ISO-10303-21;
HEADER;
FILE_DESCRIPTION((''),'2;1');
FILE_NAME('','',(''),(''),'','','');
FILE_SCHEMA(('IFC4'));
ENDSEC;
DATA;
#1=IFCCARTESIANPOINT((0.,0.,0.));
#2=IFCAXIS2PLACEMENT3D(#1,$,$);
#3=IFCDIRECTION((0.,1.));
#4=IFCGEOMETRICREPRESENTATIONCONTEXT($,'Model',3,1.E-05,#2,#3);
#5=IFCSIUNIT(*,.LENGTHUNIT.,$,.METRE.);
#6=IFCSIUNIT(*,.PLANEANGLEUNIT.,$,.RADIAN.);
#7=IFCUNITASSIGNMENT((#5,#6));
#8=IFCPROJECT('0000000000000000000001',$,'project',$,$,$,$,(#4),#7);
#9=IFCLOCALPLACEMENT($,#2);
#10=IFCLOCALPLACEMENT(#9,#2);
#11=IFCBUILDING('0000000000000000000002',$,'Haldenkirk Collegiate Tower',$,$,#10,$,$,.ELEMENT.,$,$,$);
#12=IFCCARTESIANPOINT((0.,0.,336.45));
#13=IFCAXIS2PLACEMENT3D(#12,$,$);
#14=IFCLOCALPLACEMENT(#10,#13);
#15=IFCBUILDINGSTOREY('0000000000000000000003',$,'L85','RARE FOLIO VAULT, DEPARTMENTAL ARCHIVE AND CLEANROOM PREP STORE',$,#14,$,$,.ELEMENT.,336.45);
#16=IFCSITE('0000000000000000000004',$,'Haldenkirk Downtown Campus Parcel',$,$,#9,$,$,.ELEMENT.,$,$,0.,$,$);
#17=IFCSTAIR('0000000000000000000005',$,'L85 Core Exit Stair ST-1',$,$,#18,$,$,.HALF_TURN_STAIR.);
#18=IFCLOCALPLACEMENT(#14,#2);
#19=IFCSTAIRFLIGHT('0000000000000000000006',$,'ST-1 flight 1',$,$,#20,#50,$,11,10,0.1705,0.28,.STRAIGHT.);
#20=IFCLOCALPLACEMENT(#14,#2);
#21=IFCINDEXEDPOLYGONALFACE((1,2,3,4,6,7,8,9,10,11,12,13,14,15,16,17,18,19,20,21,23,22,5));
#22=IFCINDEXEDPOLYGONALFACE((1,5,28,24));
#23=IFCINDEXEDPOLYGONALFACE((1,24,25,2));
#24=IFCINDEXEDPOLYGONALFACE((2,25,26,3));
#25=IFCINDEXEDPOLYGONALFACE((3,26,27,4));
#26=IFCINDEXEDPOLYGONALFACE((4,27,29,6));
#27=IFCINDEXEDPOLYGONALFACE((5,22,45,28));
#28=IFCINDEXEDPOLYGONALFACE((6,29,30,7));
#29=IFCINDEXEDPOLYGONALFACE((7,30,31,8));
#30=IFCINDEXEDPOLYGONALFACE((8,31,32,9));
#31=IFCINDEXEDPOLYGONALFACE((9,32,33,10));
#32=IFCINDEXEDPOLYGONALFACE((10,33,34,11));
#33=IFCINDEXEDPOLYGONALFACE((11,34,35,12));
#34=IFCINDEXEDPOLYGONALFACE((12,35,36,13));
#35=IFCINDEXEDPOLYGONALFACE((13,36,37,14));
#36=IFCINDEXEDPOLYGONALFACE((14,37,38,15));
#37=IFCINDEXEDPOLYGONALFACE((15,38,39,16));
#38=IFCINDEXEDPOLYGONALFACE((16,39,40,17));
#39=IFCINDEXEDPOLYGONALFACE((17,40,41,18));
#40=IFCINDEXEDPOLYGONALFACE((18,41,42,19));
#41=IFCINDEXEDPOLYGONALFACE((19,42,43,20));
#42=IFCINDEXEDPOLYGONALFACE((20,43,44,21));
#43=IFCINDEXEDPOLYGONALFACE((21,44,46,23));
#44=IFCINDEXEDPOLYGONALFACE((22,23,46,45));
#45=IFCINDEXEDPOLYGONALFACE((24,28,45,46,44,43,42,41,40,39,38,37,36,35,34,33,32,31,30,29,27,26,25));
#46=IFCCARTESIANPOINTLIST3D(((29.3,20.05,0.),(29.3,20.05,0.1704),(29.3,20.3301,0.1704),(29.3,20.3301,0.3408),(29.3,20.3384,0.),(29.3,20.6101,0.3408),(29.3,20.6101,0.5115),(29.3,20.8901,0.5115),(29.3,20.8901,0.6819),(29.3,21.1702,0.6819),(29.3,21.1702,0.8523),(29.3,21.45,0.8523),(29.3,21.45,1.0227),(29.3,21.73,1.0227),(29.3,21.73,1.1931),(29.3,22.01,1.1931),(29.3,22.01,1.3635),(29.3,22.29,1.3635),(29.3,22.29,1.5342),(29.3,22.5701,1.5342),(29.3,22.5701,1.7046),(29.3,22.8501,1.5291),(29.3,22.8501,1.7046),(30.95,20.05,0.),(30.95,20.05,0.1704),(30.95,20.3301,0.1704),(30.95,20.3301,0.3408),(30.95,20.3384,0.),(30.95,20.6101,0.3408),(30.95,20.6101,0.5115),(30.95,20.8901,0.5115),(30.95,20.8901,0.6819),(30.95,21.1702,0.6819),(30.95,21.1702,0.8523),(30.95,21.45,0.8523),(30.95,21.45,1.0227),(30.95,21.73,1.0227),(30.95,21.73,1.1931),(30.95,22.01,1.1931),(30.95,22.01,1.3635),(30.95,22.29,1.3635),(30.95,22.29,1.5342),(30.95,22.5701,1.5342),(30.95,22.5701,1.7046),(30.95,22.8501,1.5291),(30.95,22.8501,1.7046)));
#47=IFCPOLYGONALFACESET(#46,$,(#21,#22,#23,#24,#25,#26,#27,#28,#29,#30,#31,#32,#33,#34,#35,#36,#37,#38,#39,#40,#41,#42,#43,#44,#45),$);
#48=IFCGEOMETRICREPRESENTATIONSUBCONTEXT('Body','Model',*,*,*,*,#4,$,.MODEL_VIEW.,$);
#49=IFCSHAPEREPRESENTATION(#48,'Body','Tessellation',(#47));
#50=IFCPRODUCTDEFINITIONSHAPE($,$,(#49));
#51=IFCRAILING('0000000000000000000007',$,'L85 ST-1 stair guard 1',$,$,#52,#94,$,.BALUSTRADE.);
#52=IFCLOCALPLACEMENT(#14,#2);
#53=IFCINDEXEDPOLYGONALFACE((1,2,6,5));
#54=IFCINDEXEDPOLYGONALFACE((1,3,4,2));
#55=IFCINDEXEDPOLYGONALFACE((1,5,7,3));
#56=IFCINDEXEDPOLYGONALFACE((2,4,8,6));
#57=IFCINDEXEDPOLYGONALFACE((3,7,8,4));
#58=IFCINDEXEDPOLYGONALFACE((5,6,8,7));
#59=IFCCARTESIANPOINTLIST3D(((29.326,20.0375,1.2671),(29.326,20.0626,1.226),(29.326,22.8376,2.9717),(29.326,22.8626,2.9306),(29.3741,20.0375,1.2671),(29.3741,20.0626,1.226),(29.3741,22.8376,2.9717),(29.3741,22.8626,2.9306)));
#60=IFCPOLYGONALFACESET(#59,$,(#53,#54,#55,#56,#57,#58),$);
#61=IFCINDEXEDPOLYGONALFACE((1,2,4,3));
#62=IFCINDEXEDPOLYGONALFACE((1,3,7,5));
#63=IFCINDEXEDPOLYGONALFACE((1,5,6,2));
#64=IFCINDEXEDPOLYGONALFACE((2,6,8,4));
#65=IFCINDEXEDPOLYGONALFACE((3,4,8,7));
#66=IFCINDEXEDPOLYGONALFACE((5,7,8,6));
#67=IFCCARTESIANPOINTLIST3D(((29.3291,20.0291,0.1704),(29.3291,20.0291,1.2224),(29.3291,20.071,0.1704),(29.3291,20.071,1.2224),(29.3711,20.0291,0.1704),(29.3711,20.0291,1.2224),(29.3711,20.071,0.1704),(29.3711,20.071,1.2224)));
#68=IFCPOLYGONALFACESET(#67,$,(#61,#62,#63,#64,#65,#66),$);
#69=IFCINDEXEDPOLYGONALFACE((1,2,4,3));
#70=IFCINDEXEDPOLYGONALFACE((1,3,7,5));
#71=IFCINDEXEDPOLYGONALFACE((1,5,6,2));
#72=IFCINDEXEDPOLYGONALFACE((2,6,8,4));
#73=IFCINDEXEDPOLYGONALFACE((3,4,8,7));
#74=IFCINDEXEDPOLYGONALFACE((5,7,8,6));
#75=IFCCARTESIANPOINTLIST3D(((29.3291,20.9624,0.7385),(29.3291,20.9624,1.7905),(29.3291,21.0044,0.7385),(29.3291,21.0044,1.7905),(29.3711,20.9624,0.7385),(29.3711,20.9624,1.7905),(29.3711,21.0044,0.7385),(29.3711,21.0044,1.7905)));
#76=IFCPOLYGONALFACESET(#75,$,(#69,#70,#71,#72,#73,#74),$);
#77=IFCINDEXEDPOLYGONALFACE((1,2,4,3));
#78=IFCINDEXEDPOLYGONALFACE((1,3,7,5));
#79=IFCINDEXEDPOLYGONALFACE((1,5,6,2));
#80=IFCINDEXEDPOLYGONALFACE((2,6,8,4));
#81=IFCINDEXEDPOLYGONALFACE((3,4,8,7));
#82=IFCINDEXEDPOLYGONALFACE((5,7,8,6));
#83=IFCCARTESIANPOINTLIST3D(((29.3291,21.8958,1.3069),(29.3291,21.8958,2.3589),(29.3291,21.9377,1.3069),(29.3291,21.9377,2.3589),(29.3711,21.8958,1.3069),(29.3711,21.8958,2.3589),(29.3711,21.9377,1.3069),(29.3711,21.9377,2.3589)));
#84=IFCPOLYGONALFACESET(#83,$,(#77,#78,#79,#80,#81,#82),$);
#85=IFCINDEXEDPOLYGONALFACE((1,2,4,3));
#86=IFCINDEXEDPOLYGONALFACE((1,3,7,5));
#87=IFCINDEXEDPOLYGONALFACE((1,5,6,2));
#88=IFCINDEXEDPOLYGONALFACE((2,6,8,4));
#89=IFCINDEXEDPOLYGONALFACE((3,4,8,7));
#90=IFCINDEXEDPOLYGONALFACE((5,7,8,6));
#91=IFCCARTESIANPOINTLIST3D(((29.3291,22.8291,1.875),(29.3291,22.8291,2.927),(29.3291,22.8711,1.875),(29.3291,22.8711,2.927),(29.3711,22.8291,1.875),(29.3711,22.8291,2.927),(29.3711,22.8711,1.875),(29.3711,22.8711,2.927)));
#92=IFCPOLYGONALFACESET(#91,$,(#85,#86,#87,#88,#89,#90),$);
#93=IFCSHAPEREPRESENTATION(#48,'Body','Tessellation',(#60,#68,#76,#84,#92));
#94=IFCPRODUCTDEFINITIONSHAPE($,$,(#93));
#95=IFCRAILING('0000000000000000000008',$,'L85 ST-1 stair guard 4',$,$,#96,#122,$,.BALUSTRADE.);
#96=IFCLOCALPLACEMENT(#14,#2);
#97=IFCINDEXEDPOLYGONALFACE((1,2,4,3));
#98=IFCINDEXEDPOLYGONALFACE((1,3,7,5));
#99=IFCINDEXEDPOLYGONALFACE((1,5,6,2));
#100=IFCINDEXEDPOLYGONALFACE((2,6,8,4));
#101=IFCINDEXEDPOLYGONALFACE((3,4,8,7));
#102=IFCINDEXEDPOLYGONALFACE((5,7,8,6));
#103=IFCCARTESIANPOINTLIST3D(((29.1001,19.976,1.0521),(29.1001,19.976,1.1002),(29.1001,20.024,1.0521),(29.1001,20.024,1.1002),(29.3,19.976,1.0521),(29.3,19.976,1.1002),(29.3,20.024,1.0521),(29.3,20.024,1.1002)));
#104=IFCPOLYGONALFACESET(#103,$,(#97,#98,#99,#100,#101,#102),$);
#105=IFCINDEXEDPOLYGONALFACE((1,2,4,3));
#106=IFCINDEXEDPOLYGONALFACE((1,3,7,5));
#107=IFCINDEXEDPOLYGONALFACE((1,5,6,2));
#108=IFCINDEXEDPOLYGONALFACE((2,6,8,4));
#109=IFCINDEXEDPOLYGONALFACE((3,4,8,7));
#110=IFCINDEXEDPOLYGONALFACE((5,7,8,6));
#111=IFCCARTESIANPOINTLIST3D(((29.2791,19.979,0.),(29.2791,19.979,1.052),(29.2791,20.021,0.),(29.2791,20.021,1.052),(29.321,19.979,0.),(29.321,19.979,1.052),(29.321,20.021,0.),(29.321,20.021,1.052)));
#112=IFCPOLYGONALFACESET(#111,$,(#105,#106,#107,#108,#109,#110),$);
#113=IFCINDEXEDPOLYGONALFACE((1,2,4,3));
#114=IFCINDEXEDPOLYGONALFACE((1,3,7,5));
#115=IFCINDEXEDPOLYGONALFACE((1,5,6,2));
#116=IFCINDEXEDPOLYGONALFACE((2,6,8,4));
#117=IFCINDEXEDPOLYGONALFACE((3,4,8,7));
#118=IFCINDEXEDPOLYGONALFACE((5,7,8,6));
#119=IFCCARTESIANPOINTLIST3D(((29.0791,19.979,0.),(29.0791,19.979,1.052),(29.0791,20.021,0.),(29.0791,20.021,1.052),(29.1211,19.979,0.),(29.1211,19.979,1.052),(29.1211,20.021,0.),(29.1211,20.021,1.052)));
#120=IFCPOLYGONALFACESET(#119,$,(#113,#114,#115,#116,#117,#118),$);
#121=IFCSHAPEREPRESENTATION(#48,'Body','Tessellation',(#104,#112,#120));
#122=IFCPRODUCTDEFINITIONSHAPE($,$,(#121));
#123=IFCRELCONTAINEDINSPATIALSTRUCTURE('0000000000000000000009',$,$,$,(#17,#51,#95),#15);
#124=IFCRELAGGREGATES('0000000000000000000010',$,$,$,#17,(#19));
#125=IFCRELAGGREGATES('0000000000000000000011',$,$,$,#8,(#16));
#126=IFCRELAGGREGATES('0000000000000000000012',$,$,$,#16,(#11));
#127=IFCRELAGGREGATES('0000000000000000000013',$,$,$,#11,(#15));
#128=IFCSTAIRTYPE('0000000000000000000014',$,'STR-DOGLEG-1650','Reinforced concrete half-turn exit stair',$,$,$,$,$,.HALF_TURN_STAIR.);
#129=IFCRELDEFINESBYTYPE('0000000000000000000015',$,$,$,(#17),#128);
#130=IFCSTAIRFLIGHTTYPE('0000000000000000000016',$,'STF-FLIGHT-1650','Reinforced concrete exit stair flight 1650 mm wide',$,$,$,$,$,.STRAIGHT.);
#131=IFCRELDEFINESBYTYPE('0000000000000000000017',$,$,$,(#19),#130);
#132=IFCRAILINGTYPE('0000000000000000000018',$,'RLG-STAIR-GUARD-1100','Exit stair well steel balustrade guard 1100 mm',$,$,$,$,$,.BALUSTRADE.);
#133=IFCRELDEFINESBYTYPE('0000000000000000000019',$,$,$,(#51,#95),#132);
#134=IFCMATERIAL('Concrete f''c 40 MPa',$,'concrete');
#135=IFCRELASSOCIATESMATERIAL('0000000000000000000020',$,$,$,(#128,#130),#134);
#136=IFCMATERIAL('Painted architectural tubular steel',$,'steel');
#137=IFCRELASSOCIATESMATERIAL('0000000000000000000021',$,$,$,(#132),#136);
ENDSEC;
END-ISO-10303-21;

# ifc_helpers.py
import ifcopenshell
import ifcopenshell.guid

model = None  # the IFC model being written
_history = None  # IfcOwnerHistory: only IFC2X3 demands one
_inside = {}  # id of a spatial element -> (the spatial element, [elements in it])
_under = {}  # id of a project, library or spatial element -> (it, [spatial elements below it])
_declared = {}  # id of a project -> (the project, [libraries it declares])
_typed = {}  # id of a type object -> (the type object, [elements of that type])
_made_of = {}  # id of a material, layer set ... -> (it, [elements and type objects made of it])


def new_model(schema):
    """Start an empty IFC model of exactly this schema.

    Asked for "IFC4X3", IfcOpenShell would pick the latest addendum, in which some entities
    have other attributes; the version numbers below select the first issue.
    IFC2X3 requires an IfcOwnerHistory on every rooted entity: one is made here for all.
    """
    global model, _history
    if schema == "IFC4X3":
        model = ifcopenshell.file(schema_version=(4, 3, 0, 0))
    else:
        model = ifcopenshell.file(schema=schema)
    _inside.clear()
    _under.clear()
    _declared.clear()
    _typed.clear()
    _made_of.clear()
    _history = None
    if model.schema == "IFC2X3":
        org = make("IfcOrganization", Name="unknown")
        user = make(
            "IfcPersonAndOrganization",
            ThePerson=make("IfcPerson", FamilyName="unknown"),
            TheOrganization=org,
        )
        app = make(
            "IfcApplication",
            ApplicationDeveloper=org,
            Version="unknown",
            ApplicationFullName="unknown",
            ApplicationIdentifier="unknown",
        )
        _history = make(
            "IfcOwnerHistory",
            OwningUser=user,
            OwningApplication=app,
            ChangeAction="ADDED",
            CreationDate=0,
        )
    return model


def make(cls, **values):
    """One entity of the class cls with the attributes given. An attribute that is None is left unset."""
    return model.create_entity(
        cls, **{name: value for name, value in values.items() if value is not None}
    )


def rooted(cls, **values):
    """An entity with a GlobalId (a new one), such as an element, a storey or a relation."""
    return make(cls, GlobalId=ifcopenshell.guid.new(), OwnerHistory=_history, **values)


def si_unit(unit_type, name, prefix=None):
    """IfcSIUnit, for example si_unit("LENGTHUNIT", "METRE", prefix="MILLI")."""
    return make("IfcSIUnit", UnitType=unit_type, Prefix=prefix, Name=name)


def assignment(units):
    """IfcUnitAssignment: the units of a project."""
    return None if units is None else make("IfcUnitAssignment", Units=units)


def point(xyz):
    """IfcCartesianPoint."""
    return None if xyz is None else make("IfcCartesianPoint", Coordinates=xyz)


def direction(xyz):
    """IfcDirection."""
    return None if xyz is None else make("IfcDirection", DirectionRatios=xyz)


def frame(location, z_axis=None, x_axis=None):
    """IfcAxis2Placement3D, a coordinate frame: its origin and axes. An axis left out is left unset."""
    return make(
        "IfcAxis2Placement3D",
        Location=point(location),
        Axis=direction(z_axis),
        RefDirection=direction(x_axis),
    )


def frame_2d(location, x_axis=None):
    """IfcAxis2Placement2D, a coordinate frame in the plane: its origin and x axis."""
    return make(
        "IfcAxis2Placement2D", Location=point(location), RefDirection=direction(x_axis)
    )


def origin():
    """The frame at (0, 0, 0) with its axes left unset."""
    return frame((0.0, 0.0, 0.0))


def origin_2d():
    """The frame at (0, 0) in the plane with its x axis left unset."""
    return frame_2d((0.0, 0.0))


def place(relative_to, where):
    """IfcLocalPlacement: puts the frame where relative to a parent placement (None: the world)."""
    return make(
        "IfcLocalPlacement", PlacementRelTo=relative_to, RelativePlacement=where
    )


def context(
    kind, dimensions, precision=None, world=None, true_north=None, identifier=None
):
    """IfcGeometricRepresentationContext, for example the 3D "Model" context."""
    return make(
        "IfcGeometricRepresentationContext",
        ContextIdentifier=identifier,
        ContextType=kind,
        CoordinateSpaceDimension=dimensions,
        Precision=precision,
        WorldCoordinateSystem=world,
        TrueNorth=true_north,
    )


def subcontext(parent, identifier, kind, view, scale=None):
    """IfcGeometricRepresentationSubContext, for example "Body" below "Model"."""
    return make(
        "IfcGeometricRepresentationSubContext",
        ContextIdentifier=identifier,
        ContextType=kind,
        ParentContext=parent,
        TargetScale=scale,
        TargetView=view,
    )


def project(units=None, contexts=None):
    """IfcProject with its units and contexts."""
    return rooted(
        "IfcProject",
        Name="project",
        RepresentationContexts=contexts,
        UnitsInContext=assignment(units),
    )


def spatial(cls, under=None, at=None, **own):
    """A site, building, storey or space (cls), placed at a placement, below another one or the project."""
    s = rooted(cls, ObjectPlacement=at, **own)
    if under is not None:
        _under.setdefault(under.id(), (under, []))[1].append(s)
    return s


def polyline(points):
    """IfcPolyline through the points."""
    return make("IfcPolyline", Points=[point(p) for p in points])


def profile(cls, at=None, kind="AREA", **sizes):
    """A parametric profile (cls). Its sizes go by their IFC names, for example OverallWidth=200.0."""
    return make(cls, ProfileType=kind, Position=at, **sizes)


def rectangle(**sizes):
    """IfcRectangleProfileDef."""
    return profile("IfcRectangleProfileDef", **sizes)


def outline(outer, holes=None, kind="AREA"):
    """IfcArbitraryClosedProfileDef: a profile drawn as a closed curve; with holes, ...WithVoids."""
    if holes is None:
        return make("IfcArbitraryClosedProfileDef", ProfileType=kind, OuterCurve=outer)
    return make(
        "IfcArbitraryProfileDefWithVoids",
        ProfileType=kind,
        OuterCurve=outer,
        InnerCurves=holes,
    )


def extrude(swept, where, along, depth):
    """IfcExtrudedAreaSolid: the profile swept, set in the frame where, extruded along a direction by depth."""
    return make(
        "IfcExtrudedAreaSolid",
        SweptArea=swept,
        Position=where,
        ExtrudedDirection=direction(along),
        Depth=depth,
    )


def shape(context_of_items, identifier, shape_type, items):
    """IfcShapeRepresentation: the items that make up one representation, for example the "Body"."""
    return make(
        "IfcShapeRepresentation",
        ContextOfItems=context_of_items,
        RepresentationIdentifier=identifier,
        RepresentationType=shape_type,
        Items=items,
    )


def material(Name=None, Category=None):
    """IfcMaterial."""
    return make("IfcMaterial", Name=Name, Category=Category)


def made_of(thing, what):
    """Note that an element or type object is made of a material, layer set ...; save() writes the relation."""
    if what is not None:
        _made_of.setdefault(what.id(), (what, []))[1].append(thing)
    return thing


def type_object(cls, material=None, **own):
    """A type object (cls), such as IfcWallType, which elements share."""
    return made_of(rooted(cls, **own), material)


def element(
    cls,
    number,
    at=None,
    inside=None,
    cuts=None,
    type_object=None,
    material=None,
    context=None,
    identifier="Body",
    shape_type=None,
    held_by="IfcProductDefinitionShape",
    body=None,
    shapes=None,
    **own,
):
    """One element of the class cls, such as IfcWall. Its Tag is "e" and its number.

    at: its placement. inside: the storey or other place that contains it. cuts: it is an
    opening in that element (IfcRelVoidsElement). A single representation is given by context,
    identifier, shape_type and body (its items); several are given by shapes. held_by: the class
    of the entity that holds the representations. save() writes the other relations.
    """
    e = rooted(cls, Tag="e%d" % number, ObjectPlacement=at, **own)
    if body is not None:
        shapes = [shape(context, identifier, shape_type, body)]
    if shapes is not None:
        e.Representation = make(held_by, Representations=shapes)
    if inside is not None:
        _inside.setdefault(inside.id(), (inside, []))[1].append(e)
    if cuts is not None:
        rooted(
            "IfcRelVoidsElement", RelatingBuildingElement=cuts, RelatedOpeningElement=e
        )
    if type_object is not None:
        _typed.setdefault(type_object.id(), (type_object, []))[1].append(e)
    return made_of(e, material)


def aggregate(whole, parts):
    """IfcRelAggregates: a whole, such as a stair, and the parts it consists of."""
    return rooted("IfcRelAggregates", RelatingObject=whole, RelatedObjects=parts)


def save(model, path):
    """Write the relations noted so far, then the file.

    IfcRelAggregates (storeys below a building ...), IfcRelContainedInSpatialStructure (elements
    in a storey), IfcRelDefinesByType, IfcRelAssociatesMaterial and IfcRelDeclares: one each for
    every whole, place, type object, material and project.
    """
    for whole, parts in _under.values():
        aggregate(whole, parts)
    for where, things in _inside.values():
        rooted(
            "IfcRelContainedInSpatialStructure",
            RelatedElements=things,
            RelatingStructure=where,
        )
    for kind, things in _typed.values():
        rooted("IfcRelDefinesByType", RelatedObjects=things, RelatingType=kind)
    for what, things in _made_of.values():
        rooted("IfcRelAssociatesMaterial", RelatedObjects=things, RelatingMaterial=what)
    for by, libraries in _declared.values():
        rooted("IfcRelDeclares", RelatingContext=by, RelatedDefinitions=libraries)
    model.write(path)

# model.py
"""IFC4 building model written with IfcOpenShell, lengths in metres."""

from ifc_helpers import new_model, si_unit, direction, frame, origin, origin_2d, place, context, subcontext, project, spatial, polyline, rectangle, outline, extrude, material, type_object, element, aggregate, save


model = new_model("IFC4")

# Units and contexts
model_context = context("Model", 3, precision=1e-05, world=origin(), true_north=direction((0.0, 1.0)))
body_context = subcontext(model_context, "Body", "Model", "MODEL_VIEW")
ifc_project = project(units=[si_unit("LENGTHUNIT", "METRE"), si_unit("PLANEANGLEUNIT", "RADIAN")], contexts=[model_context])

# Site, building, storey
site_placement = place(None, origin())
site = spatial("IfcSite", under=ifc_project, at=site_placement, Name="Haldenkirk Downtown Campus Parcel", CompositionType="ELEMENT", RefElevation=0.0)
building_placement = place(site_placement, origin())
building = spatial("IfcBuilding", under=site, at=building_placement, Name="Haldenkirk Collegiate Tower", CompositionType="ELEMENT")
storey_placement = place(building_placement, frame((0.0, 0.0, 336.45)))
storey = spatial("IfcBuildingStorey", under=building, at=storey_placement, Name="L85", Description="RARE FOLIO VAULT, DEPARTMENTAL ARCHIVE AND CLEANROOM PREP STORE", CompositionType="ELEMENT", Elevation=336.45)

# Stair, stair flight
ifc_material_1 = material(Name="Concrete f'c 40 MPa", Category="concrete")
stair_type = type_object("IfcStairType", Name="STR-DOGLEG-1650", Description="Reinforced concrete half-turn exit stair", PredefinedType="HALF_TURN_STAIR", material=ifc_material_1)
stair_placement = place(storey_placement, origin())
stair = element("IfcStair", 1, at=stair_placement, inside=storey, type_object=stair_type, Name="L85 Core Exit Stair ST-1", PredefinedType="HALF_TURN_STAIR")
stair_flight_type = type_object("IfcStairFlightType", Name="STF-FLIGHT-1650", Description="Reinforced concrete exit stair flight 1650 mm wide", PredefinedType="STRAIGHT", material=ifc_material_1)
stair_flight_placement = place(storey_placement, frame((30.125, 20.05, 0.0), z_axis=(0.0, 0.0, 1.0), x_axis=(0.0, 1.0, 0.0)))
stair_flight = element("IfcStairFlight", 2, at=stair_flight_placement, type_object=stair_flight_type, Name="ST-1 flight 1", NumberOfRisers=11, NumberOfTreads=10, PredefinedType="STRAIGHT", RiserHeight=0.1705, TreadLength=0.28, context=body_context, shape_type="SweptSolid", body=[
    extrude(outline(polyline([(0.0, 0.0), (0.0, 0.1704), (0.28, 0.1704), (0.28, 0.3408), (0.5601, 0.3408), (0.5601, 0.5115), (0.8401, 0.5115), (0.8401, 0.6819), (1.1201, 0.6819), (1.1201, 0.8523), (1.3999, 0.8523), (1.3999, 1.0227), (1.6799, 1.0227), (1.6799, 1.1931), (1.96, 1.1931), (1.96, 1.3635), (2.24, 1.3635), (2.24, 1.5342), (2.52, 1.5342), (2.52, 1.7046), (2.8, 1.7046), (2.8, 1.875), (2.8, 1.5291), (0.2883, 0.0), (0.0, 0.0)])), frame((0.0, 0.825, 0.0), z_axis=(0.0, -1.0, 0.0), x_axis=(1.0, 0.0, 0.0)), (0.0, 0.0, 1.0), 1.6499),
])
aggregate(stair, [stair_flight])

# Railings
ifc_material_2 = material(Name="Painted architectural tubular steel", Category="steel")
railing_type = type_object("IfcRailingType", Name="RLG-STAIR-GUARD-1100", Description="Exit stair well steel balustrade guard 1100 mm", PredefinedType="BALUSTRADE", material=ifc_material_2)
railing_1_placement = place(storey_placement, frame((29.3501, 20.05, 0.1704)))
element("IfcRailing", 3, at=railing_1_placement, inside=storey, type_object=railing_type, Name="L85 ST-1 stair guard 1", PredefinedType="BALUSTRADE", context=body_context, shape_type="SweptSolid", body=[
    extrude(rectangle(XDim=0.0481, YDim=0.0481, at=origin_2d()), frame((0.0, 0.0, 1.0762), z_axis=(0.0, 0.85417, 0.519994), x_axis=(-1.0, 0.0, 0.0)), (0.0, 0.0, 1.0), 3.2781),
    extrude(rectangle(XDim=0.042, YDim=0.042, at=origin_2d()), origin(), (0.0, 0.0, 1.0), 1.052),
    extrude(rectangle(XDim=0.042, YDim=0.042, at=origin_2d()), frame((0.0, 0.9333, 0.5681)), (0.0, 0.0, 1.0), 1.052),
    extrude(rectangle(XDim=0.042, YDim=0.042, at=origin_2d()), frame((0.0, 1.8667, 1.1365)), (0.0, 0.0, 1.0), 1.052),
    extrude(rectangle(XDim=0.042, YDim=0.042, at=origin_2d()), frame((0.0, 2.8, 1.7046)), (0.0, 0.0, 1.0), 1.052),
])
railing_2_placement = place(storey_placement, frame((29.3, 20.0, 0.0)))
element("IfcRailing", 4, at=railing_2_placement, inside=storey, type_object=railing_type, Name="L85 ST-1 stair guard 4", PredefinedType="BALUSTRADE", context=body_context, shape_type="SweptSolid", body=[
    extrude(rectangle(XDim=0.0481, YDim=0.0481, at=origin_2d()), frame((0.0, 0.0, 1.0762), z_axis=(-1.0, 0.0, 0.0), x_axis=(0.0, -1.0, 0.0)), (0.0, 0.0, 1.0), 0.2),
    extrude(rectangle(XDim=0.042, YDim=0.042, at=origin_2d()), origin(), (0.0, 0.0, 1.0), 1.052),
    extrude(rectangle(XDim=0.042, YDim=0.042, at=origin_2d()), frame((-0.2, 0.0, 0.0)), (0.0, 0.0, 1.0), 1.052),
])

save(model, "model.ifc")
